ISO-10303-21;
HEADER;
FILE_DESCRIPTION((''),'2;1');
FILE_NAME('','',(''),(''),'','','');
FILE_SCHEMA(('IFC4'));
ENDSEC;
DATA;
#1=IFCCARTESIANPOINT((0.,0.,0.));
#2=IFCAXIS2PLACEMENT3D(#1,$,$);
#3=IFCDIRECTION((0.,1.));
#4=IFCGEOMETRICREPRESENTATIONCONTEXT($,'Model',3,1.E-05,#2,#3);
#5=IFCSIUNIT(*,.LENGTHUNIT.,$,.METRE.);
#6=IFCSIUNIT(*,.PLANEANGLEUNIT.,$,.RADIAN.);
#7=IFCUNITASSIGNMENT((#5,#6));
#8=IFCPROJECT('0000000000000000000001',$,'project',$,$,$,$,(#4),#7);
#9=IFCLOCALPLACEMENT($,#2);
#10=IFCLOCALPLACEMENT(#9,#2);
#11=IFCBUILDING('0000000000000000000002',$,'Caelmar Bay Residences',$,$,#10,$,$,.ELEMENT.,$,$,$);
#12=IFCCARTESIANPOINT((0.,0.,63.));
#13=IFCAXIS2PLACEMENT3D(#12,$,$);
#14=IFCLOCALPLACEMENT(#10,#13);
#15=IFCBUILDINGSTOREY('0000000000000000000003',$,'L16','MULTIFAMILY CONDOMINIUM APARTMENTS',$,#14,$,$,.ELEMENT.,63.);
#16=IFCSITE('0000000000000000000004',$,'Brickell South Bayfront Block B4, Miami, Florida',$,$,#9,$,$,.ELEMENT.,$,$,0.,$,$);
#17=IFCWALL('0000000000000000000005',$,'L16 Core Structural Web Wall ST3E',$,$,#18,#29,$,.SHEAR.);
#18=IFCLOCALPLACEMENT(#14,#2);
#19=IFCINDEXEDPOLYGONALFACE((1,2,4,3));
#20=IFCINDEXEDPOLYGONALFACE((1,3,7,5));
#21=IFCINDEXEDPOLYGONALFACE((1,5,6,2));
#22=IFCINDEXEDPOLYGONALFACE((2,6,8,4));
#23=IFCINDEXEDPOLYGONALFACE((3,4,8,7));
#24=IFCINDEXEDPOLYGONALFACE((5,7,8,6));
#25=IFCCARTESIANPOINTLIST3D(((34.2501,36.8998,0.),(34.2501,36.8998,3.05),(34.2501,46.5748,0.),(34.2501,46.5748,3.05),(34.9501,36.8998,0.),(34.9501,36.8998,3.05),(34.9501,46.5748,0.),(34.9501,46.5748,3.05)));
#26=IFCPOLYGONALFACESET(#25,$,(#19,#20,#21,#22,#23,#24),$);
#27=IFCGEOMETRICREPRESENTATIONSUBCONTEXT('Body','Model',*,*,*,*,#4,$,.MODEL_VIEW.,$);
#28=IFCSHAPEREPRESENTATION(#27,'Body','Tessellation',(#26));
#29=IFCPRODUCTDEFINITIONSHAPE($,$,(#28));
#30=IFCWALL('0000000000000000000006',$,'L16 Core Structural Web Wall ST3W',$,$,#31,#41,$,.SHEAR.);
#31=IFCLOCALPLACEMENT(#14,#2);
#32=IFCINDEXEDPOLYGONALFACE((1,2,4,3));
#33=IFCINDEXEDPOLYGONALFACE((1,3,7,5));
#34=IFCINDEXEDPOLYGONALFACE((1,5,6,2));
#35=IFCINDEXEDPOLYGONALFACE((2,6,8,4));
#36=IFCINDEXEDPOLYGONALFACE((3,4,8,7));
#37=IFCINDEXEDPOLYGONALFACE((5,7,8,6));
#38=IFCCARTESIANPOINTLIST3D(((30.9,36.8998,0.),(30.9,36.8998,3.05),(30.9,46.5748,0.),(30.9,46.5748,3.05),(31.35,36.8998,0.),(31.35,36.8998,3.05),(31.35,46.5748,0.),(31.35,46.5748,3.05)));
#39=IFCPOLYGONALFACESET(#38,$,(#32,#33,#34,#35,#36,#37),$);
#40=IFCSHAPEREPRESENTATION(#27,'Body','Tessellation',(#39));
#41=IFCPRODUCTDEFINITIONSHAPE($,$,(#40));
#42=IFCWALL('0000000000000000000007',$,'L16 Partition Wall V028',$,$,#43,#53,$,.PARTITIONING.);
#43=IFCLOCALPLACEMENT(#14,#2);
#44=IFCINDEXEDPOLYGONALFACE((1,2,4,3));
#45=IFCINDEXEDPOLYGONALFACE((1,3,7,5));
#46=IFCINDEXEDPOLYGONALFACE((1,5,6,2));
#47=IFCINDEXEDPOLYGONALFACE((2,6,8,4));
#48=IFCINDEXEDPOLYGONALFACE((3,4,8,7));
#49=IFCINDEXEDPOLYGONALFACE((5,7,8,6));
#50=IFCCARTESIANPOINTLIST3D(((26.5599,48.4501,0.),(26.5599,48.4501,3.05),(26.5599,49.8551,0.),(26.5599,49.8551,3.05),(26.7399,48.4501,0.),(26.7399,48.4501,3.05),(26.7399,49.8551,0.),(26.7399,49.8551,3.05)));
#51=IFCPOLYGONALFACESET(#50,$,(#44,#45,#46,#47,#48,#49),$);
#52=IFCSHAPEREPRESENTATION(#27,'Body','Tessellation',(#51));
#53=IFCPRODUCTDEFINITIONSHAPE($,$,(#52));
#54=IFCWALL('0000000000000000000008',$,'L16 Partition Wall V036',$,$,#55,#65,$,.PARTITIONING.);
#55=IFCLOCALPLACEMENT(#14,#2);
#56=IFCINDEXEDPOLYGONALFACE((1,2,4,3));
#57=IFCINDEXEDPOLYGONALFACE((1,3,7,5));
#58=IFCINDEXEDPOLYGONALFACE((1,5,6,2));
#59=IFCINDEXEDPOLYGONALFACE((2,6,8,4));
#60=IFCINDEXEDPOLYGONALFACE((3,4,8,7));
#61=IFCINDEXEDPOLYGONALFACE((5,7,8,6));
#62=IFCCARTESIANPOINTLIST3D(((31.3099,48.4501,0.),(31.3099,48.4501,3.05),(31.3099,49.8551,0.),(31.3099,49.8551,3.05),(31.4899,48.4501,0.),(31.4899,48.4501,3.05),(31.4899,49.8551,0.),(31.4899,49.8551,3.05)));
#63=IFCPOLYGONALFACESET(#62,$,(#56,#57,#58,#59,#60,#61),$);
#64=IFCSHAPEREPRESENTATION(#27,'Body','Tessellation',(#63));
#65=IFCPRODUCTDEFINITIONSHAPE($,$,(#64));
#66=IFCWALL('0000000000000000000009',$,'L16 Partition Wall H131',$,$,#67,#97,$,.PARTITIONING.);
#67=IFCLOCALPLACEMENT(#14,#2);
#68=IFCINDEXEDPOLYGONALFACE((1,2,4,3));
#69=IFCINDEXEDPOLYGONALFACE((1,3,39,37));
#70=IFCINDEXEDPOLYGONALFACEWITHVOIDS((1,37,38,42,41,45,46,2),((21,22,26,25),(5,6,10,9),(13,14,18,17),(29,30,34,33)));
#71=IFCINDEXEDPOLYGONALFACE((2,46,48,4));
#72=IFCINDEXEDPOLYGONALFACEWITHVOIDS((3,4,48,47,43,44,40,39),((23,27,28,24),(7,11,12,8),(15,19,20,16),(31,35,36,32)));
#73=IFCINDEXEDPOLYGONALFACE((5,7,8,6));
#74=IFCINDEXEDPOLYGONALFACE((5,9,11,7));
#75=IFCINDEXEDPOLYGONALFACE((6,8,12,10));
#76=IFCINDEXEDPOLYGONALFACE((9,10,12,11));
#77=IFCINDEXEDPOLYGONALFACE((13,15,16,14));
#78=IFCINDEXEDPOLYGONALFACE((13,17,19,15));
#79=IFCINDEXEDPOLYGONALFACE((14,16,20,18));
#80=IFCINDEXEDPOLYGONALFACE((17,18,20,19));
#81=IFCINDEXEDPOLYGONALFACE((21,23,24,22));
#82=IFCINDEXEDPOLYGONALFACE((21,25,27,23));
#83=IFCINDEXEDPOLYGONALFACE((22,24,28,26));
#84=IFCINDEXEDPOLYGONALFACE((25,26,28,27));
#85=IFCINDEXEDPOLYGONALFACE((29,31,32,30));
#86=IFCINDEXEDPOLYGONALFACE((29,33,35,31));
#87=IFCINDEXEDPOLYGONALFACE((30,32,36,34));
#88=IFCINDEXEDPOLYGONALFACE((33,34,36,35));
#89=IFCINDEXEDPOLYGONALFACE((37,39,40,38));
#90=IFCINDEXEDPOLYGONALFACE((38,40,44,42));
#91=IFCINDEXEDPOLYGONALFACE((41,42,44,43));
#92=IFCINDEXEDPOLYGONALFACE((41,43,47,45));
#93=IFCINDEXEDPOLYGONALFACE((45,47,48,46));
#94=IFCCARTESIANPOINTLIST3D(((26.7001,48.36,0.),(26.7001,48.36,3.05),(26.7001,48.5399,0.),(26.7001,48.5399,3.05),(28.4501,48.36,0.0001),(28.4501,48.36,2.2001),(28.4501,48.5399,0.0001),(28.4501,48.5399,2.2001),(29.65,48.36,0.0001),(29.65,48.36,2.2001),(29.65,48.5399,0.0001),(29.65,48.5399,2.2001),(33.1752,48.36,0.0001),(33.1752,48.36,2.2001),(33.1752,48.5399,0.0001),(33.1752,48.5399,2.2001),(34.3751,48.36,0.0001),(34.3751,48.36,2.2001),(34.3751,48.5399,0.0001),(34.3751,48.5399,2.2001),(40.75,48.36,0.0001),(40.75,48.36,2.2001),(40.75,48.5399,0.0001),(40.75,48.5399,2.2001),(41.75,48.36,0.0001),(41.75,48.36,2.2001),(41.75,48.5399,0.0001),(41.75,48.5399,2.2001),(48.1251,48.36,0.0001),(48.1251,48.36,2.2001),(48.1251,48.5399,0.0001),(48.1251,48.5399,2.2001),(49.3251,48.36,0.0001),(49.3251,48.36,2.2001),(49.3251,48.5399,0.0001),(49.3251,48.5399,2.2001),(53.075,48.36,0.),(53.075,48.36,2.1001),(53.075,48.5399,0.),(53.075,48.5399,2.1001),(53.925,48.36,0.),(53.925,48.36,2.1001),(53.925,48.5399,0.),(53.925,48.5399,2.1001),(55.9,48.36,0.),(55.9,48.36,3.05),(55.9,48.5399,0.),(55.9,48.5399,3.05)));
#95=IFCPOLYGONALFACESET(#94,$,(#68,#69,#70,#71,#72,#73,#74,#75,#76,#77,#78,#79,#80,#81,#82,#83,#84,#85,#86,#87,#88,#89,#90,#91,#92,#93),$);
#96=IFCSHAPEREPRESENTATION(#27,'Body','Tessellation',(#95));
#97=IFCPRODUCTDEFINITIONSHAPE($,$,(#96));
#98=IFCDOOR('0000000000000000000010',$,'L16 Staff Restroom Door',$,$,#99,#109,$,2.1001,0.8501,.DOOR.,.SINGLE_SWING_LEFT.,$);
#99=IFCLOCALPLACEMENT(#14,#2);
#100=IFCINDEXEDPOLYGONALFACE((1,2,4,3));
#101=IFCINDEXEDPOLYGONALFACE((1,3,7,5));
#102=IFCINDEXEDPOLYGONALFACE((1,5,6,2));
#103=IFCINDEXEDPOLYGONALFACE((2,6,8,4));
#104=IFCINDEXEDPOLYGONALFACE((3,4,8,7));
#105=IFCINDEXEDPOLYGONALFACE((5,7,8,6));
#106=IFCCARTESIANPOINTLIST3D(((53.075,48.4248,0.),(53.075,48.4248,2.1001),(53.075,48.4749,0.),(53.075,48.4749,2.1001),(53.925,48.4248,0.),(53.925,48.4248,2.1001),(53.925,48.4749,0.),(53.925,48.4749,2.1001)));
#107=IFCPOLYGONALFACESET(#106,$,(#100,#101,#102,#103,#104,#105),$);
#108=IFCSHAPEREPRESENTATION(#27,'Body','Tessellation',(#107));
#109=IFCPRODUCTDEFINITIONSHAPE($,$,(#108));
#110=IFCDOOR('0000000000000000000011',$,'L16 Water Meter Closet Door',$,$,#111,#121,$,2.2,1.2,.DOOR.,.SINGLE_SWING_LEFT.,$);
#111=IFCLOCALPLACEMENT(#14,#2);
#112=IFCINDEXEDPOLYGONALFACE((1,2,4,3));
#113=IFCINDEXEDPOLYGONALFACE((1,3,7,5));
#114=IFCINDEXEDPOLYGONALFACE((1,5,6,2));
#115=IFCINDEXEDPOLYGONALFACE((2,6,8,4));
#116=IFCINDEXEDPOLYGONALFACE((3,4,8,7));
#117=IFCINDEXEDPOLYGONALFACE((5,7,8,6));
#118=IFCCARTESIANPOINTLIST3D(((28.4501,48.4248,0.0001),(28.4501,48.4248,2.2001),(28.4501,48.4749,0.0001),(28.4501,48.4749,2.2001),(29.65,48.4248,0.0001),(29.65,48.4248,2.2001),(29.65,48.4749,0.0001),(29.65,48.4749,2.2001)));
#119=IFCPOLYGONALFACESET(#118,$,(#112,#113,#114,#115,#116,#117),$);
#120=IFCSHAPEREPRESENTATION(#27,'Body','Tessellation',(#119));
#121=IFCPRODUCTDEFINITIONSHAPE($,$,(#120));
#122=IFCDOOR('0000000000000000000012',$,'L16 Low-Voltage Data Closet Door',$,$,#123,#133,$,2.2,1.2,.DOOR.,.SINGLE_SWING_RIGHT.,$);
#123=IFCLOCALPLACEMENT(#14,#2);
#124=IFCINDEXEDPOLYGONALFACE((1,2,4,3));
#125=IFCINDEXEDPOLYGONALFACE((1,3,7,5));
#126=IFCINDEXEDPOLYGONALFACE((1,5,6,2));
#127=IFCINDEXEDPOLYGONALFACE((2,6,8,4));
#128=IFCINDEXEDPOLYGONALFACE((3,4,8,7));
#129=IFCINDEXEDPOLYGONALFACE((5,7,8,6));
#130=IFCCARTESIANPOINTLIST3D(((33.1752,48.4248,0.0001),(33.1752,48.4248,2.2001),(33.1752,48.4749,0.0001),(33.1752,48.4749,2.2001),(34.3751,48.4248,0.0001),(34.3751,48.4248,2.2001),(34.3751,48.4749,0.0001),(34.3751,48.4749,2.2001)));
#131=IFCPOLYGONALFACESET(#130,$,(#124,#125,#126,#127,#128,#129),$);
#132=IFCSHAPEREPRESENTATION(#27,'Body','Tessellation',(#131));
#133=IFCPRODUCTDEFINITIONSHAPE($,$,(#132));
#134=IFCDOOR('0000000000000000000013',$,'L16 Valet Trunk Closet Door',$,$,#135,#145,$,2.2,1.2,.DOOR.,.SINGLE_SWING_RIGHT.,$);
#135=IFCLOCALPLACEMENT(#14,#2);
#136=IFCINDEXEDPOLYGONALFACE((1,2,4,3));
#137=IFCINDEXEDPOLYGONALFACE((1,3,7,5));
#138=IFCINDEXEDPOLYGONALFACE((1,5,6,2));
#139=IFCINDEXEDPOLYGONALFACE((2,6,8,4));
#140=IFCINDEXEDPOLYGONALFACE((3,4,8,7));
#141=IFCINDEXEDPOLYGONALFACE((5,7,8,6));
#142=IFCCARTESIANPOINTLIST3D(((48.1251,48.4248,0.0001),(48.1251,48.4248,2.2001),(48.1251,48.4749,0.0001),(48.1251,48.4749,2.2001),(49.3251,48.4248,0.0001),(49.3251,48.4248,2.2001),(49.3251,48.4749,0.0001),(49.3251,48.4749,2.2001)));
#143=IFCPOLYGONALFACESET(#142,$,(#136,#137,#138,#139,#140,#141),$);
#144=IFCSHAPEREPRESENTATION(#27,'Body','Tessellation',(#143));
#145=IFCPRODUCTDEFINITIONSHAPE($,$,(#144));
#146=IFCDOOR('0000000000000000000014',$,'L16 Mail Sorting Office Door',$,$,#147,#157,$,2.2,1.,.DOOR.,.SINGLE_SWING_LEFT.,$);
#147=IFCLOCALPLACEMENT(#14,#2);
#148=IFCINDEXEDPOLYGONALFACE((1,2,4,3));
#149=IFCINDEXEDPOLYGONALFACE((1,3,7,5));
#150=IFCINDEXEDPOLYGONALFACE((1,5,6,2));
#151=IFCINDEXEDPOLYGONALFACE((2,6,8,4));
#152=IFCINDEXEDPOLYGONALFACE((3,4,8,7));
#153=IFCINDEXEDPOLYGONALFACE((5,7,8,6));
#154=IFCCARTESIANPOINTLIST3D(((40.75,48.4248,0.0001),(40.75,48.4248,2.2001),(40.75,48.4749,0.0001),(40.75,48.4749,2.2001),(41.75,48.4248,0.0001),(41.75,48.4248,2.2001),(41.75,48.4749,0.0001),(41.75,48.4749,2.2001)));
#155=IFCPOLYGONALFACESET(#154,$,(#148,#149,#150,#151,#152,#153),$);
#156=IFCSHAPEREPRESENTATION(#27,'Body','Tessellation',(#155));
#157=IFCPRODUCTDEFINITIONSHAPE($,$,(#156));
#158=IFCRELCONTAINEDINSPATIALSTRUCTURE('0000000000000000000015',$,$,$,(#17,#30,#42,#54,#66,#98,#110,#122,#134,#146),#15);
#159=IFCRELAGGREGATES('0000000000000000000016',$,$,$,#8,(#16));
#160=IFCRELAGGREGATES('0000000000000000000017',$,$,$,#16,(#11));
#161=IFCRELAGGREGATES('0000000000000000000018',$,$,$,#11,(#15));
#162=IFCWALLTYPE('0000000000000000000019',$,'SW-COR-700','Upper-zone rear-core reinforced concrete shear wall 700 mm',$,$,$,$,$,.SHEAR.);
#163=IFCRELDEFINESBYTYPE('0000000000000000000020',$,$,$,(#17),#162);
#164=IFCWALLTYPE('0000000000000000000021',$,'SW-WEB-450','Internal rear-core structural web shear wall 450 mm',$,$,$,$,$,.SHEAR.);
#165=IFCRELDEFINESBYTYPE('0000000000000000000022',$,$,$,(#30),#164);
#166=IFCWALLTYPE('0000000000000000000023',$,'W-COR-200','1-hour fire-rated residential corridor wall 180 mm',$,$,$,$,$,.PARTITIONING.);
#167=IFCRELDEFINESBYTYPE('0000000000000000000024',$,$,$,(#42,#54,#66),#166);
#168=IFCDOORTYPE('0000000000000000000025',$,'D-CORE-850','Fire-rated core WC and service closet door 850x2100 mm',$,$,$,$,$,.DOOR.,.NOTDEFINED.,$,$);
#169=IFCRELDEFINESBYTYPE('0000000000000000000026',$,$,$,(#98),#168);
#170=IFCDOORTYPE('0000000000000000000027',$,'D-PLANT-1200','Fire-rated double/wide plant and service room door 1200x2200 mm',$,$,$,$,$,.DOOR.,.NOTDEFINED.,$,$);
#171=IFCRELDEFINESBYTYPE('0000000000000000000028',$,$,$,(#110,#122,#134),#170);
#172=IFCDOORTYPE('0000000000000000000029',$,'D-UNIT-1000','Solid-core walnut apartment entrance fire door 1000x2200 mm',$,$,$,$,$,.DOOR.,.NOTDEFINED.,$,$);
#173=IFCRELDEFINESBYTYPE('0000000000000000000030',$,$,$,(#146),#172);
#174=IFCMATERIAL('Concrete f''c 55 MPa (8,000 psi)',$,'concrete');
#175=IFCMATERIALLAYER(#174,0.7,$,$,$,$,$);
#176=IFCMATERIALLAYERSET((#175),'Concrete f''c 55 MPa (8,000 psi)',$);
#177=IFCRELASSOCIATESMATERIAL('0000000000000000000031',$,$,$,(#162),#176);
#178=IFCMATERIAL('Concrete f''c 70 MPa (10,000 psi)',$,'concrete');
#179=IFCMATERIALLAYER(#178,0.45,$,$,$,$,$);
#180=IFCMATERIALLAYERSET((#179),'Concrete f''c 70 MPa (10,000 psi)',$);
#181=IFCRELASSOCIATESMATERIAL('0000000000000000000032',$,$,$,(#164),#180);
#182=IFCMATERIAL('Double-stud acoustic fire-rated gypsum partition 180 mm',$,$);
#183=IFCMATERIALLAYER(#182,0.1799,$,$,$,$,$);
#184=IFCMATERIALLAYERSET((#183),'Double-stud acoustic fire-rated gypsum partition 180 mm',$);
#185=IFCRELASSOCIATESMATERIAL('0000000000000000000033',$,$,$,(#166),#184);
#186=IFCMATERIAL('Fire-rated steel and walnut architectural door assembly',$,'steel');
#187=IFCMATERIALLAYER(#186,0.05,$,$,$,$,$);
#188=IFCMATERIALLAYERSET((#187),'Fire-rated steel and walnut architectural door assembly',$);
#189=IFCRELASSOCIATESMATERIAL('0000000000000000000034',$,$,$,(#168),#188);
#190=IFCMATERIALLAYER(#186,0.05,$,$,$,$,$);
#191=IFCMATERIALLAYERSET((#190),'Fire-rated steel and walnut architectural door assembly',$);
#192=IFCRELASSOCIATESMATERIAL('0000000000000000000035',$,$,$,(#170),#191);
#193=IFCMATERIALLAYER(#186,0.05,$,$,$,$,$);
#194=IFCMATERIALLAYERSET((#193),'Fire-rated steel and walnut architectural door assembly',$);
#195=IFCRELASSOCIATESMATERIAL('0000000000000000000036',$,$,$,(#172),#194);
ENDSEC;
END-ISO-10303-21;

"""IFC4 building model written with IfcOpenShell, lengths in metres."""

from ifc_helpers import new_model, si_unit, direction, frame, frame_2d, origin, place, context, subcontext, project, spatial, rectangle, extrude, material, layer, layer_set, type_object, element, fill, save


model = new_model("IFC4")

# Units and contexts
model_context = context("Model", 3, precision=1e-05, world=origin(), true_north=direction((0.0, 1.0)))
body_context = subcontext(model_context, "Body", "Model", "MODEL_VIEW")
ifc_project = project(units=[si_unit("LENGTHUNIT", "METRE"), si_unit("PLANEANGLEUNIT", "RADIAN")], contexts=[model_context])

# Site, building, storey
site_placement = place(None, origin())
site = spatial("IfcSite", under=ifc_project, at=site_placement, Name="Brickell South Bayfront Block B4, Miami, Florida", CompositionType="ELEMENT", RefElevation=0.0)
building_placement = place(site_placement, origin())
building = spatial("IfcBuilding", under=site, at=building_placement, Name="Caelmar Bay Residences", CompositionType="ELEMENT")
storey_placement = place(building_placement, frame((0.0, 0.0, 63.0)))
storey = spatial("IfcBuildingStorey", under=building, at=storey_placement, Name="L16", Description="MULTIFAMILY CONDOMINIUM APARTMENTS", CompositionType="ELEMENT", Elevation=63.0)

# Walls
ifc_material_1 = material(Name="Concrete f'c 55 MPa (8,000 psi)", Category="concrete")
ifc_layer_1 = layer(ifc_material_1, 0.7)
ifc_layer_set_1 = layer_set([ifc_layer_1], Name="Concrete f'c 55 MPa (8,000 psi)")
wall_type_1 = type_object("IfcWallType", Name="SW-COR-700", Description="Upper-zone rear-core reinforced concrete shear wall 700 mm", PredefinedType="SHEAR", material=ifc_layer_set_1)
wall_1_placement = place(storey_placement, frame((34.6001, 36.8999, 0.0), z_axis=(0.0, 0.0, 1.0), x_axis=(0.0, 1.0, 0.0)))
element("IfcWall", 1, at=wall_1_placement, inside=storey, type_object=wall_type_1, Name="L16 Core Structural Web Wall ST3E", PredefinedType="SHEAR", context=body_context, shape_type="SweptSolid", body=[
    extrude(rectangle(XDim=9.675, YDim=0.7, at=frame_2d((4.8374, 0.0))), origin(), (0.0, 0.0, 1.0), 3.05),
])
ifc_material_2 = material(Name="Concrete f'c 70 MPa (10,000 psi)", Category="concrete")
ifc_layer_2 = layer(ifc_material_2, 0.45)
ifc_layer_set_2 = layer_set([ifc_layer_2], Name="Concrete f'c 70 MPa (10,000 psi)")
wall_type_2 = type_object("IfcWallType", Name="SW-WEB-450", Description="Internal rear-core structural web shear wall 450 mm", PredefinedType="SHEAR", material=ifc_layer_set_2)
wall_2_placement = place(storey_placement, frame((31.125, 36.8999, 0.0), z_axis=(0.0, 0.0, 1.0), x_axis=(0.0, 1.0, 0.0)))
element("IfcWall", 2, at=wall_2_placement, inside=storey, type_object=wall_type_2, Name="L16 Core Structural Web Wall ST3W", PredefinedType="SHEAR", context=body_context, shape_type="SweptSolid", body=[
    extrude(rectangle(XDim=9.675, YDim=0.45, at=frame_2d((4.8374, 0.0))), origin(), (0.0, 0.0, 1.0), 3.05),
])
ifc_material_3 = material(Name="Double-stud acoustic fire-rated gypsum partition 180 mm")
ifc_layer_3 = layer(ifc_material_3, 0.1799)
ifc_layer_set_3 = layer_set([ifc_layer_3], Name="Double-stud acoustic fire-rated gypsum partition 180 mm")
wall_type_3 = type_object("IfcWallType", Name="W-COR-200", Description="1-hour fire-rated residential corridor wall 180 mm", PredefinedType="PARTITIONING", material=ifc_layer_set_3)
for number, where, z_axis, x_axis, name in (
    (3, (26.6499, 48.45, 0.0), (0.0, 0.0, 1.0), (0.0, 1.0, 0.0), "L16 Partition Wall V028"),
    (4, (31.3999, 48.45, 0.0), (0.0, 0.0, 1.0), (0.0, 1.0, 0.0), "L16 Partition Wall V036"),
):
    element("IfcWall", number, at=place(storey_placement, frame(where, z_axis=z_axis, x_axis=x_axis)), inside=storey, type_object=wall_type_3, Name=name, PredefinedType="PARTITIONING", context=body_context, shape_type="SweptSolid", body=[
        extrude(rectangle(XDim=1.405, YDim=0.1799, at=frame_2d((0.7026, 0.0))), origin(), (0.0, 0.0, 1.0), 3.05),
    ])

# Wall, openings, doors
wall_3_placement = place(storey_placement, frame((26.7, 48.45, 0.0), z_axis=(0.0, 0.0, 1.0), x_axis=(1.0, 0.0, 0.0)))
wall_3 = element("IfcWall", 5, at=wall_3_placement, inside=storey, type_object=wall_type_3, Name="L16 Partition Wall H131", PredefinedType="PARTITIONING", context=body_context, shape_type="SweptSolid", body=[
    extrude(rectangle(XDim=29.2, YDim=0.1799, at=frame_2d((14.6001, 0.0))), origin(), (0.0, 0.0, 1.0), 3.05),
])
opening_1_placement = place(wall_3_placement, frame((1.75, 0.0, 0.0)))
opening_1 = element("IfcOpeningElement", 6, at=opening_1_placement, cuts=wall_3, PredefinedType="OPENING", context=body_context, shape_type="SweptSolid", body=[
    extrude(rectangle(XDim=1.2, YDim=2.2, at=frame_2d((0.6001, 1.1001))), frame((0.0, 0.0999, 0.0), z_axis=(0.0, -1.0, 0.0), x_axis=(1.0, 0.0, 0.0)), (0.0, 0.0, 1.0), 0.2),
])
opening_2_placement = place(wall_3_placement, frame((6.4751, 0.0, 0.0)))
opening_2 = element("IfcOpeningElement", 7, at=opening_2_placement, cuts=wall_3, PredefinedType="OPENING", context=body_context, shape_type="SweptSolid", body=[
    extrude(rectangle(XDim=1.2, YDim=2.2, at=frame_2d((0.6001, 1.1001))), frame((0.0, 0.0999, 0.0), z_axis=(0.0, -1.0, 0.0), x_axis=(1.0, 0.0, 0.0)), (0.0, 0.0, 1.0), 0.2),
])
opening_3_placement = place(wall_3_placement, frame((14.05, 0.0, 0.0)))
opening_3 = element("IfcOpeningElement", 8, at=opening_3_placement, cuts=wall_3, PredefinedType="OPENING", context=body_context, shape_type="SweptSolid", body=[
    extrude(rectangle(XDim=1.0, YDim=2.2, at=frame_2d((0.5, 1.1001))), frame((0.0, 0.0999, 0.0), z_axis=(0.0, -1.0, 0.0), x_axis=(1.0, 0.0, 0.0)), (0.0, 0.0, 1.0), 0.2),
])
opening_4_placement = place(wall_3_placement, frame((21.425, 0.0, 0.0)))
opening_4 = element("IfcOpeningElement", 9, at=opening_4_placement, cuts=wall_3, PredefinedType="OPENING", context=body_context, shape_type="SweptSolid", body=[
    extrude(rectangle(XDim=1.2, YDim=2.2, at=frame_2d((0.6001, 1.1001))), frame((0.0, 0.0999, 0.0), z_axis=(0.0, -1.0, 0.0), x_axis=(1.0, 0.0, 0.0)), (0.0, 0.0, 1.0), 0.2),
])
opening_5_placement = place(wall_3_placement, frame((26.375, 0.0, 0.0)))
opening_5 = element("IfcOpeningElement", 10, at=opening_5_placement, cuts=wall_3, PredefinedType="OPENING", context=body_context, shape_type="SweptSolid", body=[
    extrude(rectangle(XDim=0.8501, YDim=2.1001, at=frame_2d((0.425, 1.05))), frame((0.0, 0.0999, 0.0), z_axis=(0.0, -1.0, 0.0), x_axis=(1.0, 0.0, 0.0)), (0.0, 0.0, 1.0), 0.2),
])
ifc_material_4 = material(Name="Fire-rated steel and walnut architectural door assembly", Category="steel")
ifc_layer_4 = layer(ifc_material_4, 0.05)
ifc_layer_set_4 = layer_set([ifc_layer_4], Name="Fire-rated steel and walnut architectural door assembly")
door_type_1 = type_object("IfcDoorType", Name="D-CORE-850", Description="Fire-rated core WC and service closet door 850x2100 mm", OperationType="NOTDEFINED", PredefinedType="DOOR", material=ifc_layer_set_4)
door_1_placement = place(opening_5_placement, origin())
door_1 = element("IfcDoor", 11, at=door_1_placement, inside=storey, type_object=door_type_1, Name="L16 Staff Restroom Door", OperationType="SINGLE_SWING_LEFT", OverallHeight=2.1001, OverallWidth=0.8501, PredefinedType="DOOR", context=body_context, shape_type="SweptSolid", body=[
    extrude(rectangle(XDim=0.8501, YDim=2.1001, at=frame_2d((0.425, 1.05))), frame((0.0, 0.0249, 0.0), z_axis=(0.0, -1.0, 0.0), x_axis=(1.0, 0.0, 0.0)), (0.0, 0.0, 1.0), 0.05),
])
fill(opening_5, door_1)
ifc_layer_5 = layer(ifc_material_4, 0.05)
ifc_layer_set_5 = layer_set([ifc_layer_5], Name="Fire-rated steel and walnut architectural door assembly")
door_type_2 = type_object("IfcDoorType", Name="D-PLANT-1200", Description="Fire-rated double/wide plant and service room door 1200x2200 mm", OperationType="NOTDEFINED", PredefinedType="DOOR", material=ifc_layer_set_5)
door_2_placement = place(opening_1_placement, origin())
door_2 = element("IfcDoor", 12, at=door_2_placement, inside=storey, type_object=door_type_2, Name="L16 Water Meter Closet Door", OperationType="SINGLE_SWING_LEFT", OverallHeight=2.2, OverallWidth=1.2, PredefinedType="DOOR", context=body_context, shape_type="SweptSolid", body=[
    extrude(rectangle(XDim=1.2, YDim=2.2, at=frame_2d((0.6001, 1.1001))), frame((0.0, 0.0249, 0.0), z_axis=(0.0, -1.0, 0.0), x_axis=(1.0, 0.0, 0.0)), (0.0, 0.0, 1.0), 0.05),
])
fill(opening_1, door_2)
door_3_placement = place(opening_2_placement, origin())
door_3 = element("IfcDoor", 13, at=door_3_placement, inside=storey, type_object=door_type_2, Name="L16 Low-Voltage Data Closet Door", OperationType="SINGLE_SWING_RIGHT", OverallHeight=2.2, OverallWidth=1.2, PredefinedType="DOOR", context=body_context, shape_type="SweptSolid", body=[
    extrude(rectangle(XDim=1.2, YDim=2.2, at=frame_2d((0.6001, 1.1001))), frame((0.0, 0.0249, 0.0), z_axis=(0.0, -1.0, 0.0), x_axis=(1.0, 0.0, 0.0)), (0.0, 0.0, 1.0), 0.05),
])
fill(opening_2, door_3)
door_4_placement = place(opening_4_placement, origin())
door_4 = element("IfcDoor", 14, at=door_4_placement, inside=storey, type_object=door_type_2, Name="L16 Valet Trunk Closet Door", OperationType="SINGLE_SWING_RIGHT", OverallHeight=2.2, OverallWidth=1.2, PredefinedType="DOOR", context=body_context, shape_type="SweptSolid", body=[
    extrude(rectangle(XDim=1.2, YDim=2.2, at=frame_2d((0.6001, 1.1001))), frame((0.0, 0.0249, 0.0), z_axis=(0.0, -1.0, 0.0), x_axis=(1.0, 0.0, 0.0)), (0.0, 0.0, 1.0), 0.05),
])
fill(opening_4, door_4)
ifc_layer_6 = layer(ifc_material_4, 0.05)
ifc_layer_set_6 = layer_set([ifc_layer_6], Name="Fire-rated steel and walnut architectural door assembly")
door_type_3 = type_object("IfcDoorType", Name="D-UNIT-1000", Description="Solid-core walnut apartment entrance fire door 1000x2200 mm", OperationType="NOTDEFINED", PredefinedType="DOOR", material=ifc_layer_set_6)
door_5_placement = place(opening_3_placement, origin())
door_5 = element("IfcDoor", 15, at=door_5_placement, inside=storey, type_object=door_type_3, Name="L16 Mail Sorting Office Door", OperationType="SINGLE_SWING_LEFT", OverallHeight=2.2, OverallWidth=1.0, PredefinedType="DOOR", context=body_context, shape_type="SweptSolid", body=[
    extrude(rectangle(XDim=1.0, YDim=2.2, at=frame_2d((0.5, 1.1001))), frame((0.0, 0.0249, 0.0), z_axis=(0.0, -1.0, 0.0), x_axis=(1.0, 0.0, 0.0)), (0.0, 0.0, 1.0), 0.05),
])
fill(opening_3, door_5)

save(model, "model.ifc")
